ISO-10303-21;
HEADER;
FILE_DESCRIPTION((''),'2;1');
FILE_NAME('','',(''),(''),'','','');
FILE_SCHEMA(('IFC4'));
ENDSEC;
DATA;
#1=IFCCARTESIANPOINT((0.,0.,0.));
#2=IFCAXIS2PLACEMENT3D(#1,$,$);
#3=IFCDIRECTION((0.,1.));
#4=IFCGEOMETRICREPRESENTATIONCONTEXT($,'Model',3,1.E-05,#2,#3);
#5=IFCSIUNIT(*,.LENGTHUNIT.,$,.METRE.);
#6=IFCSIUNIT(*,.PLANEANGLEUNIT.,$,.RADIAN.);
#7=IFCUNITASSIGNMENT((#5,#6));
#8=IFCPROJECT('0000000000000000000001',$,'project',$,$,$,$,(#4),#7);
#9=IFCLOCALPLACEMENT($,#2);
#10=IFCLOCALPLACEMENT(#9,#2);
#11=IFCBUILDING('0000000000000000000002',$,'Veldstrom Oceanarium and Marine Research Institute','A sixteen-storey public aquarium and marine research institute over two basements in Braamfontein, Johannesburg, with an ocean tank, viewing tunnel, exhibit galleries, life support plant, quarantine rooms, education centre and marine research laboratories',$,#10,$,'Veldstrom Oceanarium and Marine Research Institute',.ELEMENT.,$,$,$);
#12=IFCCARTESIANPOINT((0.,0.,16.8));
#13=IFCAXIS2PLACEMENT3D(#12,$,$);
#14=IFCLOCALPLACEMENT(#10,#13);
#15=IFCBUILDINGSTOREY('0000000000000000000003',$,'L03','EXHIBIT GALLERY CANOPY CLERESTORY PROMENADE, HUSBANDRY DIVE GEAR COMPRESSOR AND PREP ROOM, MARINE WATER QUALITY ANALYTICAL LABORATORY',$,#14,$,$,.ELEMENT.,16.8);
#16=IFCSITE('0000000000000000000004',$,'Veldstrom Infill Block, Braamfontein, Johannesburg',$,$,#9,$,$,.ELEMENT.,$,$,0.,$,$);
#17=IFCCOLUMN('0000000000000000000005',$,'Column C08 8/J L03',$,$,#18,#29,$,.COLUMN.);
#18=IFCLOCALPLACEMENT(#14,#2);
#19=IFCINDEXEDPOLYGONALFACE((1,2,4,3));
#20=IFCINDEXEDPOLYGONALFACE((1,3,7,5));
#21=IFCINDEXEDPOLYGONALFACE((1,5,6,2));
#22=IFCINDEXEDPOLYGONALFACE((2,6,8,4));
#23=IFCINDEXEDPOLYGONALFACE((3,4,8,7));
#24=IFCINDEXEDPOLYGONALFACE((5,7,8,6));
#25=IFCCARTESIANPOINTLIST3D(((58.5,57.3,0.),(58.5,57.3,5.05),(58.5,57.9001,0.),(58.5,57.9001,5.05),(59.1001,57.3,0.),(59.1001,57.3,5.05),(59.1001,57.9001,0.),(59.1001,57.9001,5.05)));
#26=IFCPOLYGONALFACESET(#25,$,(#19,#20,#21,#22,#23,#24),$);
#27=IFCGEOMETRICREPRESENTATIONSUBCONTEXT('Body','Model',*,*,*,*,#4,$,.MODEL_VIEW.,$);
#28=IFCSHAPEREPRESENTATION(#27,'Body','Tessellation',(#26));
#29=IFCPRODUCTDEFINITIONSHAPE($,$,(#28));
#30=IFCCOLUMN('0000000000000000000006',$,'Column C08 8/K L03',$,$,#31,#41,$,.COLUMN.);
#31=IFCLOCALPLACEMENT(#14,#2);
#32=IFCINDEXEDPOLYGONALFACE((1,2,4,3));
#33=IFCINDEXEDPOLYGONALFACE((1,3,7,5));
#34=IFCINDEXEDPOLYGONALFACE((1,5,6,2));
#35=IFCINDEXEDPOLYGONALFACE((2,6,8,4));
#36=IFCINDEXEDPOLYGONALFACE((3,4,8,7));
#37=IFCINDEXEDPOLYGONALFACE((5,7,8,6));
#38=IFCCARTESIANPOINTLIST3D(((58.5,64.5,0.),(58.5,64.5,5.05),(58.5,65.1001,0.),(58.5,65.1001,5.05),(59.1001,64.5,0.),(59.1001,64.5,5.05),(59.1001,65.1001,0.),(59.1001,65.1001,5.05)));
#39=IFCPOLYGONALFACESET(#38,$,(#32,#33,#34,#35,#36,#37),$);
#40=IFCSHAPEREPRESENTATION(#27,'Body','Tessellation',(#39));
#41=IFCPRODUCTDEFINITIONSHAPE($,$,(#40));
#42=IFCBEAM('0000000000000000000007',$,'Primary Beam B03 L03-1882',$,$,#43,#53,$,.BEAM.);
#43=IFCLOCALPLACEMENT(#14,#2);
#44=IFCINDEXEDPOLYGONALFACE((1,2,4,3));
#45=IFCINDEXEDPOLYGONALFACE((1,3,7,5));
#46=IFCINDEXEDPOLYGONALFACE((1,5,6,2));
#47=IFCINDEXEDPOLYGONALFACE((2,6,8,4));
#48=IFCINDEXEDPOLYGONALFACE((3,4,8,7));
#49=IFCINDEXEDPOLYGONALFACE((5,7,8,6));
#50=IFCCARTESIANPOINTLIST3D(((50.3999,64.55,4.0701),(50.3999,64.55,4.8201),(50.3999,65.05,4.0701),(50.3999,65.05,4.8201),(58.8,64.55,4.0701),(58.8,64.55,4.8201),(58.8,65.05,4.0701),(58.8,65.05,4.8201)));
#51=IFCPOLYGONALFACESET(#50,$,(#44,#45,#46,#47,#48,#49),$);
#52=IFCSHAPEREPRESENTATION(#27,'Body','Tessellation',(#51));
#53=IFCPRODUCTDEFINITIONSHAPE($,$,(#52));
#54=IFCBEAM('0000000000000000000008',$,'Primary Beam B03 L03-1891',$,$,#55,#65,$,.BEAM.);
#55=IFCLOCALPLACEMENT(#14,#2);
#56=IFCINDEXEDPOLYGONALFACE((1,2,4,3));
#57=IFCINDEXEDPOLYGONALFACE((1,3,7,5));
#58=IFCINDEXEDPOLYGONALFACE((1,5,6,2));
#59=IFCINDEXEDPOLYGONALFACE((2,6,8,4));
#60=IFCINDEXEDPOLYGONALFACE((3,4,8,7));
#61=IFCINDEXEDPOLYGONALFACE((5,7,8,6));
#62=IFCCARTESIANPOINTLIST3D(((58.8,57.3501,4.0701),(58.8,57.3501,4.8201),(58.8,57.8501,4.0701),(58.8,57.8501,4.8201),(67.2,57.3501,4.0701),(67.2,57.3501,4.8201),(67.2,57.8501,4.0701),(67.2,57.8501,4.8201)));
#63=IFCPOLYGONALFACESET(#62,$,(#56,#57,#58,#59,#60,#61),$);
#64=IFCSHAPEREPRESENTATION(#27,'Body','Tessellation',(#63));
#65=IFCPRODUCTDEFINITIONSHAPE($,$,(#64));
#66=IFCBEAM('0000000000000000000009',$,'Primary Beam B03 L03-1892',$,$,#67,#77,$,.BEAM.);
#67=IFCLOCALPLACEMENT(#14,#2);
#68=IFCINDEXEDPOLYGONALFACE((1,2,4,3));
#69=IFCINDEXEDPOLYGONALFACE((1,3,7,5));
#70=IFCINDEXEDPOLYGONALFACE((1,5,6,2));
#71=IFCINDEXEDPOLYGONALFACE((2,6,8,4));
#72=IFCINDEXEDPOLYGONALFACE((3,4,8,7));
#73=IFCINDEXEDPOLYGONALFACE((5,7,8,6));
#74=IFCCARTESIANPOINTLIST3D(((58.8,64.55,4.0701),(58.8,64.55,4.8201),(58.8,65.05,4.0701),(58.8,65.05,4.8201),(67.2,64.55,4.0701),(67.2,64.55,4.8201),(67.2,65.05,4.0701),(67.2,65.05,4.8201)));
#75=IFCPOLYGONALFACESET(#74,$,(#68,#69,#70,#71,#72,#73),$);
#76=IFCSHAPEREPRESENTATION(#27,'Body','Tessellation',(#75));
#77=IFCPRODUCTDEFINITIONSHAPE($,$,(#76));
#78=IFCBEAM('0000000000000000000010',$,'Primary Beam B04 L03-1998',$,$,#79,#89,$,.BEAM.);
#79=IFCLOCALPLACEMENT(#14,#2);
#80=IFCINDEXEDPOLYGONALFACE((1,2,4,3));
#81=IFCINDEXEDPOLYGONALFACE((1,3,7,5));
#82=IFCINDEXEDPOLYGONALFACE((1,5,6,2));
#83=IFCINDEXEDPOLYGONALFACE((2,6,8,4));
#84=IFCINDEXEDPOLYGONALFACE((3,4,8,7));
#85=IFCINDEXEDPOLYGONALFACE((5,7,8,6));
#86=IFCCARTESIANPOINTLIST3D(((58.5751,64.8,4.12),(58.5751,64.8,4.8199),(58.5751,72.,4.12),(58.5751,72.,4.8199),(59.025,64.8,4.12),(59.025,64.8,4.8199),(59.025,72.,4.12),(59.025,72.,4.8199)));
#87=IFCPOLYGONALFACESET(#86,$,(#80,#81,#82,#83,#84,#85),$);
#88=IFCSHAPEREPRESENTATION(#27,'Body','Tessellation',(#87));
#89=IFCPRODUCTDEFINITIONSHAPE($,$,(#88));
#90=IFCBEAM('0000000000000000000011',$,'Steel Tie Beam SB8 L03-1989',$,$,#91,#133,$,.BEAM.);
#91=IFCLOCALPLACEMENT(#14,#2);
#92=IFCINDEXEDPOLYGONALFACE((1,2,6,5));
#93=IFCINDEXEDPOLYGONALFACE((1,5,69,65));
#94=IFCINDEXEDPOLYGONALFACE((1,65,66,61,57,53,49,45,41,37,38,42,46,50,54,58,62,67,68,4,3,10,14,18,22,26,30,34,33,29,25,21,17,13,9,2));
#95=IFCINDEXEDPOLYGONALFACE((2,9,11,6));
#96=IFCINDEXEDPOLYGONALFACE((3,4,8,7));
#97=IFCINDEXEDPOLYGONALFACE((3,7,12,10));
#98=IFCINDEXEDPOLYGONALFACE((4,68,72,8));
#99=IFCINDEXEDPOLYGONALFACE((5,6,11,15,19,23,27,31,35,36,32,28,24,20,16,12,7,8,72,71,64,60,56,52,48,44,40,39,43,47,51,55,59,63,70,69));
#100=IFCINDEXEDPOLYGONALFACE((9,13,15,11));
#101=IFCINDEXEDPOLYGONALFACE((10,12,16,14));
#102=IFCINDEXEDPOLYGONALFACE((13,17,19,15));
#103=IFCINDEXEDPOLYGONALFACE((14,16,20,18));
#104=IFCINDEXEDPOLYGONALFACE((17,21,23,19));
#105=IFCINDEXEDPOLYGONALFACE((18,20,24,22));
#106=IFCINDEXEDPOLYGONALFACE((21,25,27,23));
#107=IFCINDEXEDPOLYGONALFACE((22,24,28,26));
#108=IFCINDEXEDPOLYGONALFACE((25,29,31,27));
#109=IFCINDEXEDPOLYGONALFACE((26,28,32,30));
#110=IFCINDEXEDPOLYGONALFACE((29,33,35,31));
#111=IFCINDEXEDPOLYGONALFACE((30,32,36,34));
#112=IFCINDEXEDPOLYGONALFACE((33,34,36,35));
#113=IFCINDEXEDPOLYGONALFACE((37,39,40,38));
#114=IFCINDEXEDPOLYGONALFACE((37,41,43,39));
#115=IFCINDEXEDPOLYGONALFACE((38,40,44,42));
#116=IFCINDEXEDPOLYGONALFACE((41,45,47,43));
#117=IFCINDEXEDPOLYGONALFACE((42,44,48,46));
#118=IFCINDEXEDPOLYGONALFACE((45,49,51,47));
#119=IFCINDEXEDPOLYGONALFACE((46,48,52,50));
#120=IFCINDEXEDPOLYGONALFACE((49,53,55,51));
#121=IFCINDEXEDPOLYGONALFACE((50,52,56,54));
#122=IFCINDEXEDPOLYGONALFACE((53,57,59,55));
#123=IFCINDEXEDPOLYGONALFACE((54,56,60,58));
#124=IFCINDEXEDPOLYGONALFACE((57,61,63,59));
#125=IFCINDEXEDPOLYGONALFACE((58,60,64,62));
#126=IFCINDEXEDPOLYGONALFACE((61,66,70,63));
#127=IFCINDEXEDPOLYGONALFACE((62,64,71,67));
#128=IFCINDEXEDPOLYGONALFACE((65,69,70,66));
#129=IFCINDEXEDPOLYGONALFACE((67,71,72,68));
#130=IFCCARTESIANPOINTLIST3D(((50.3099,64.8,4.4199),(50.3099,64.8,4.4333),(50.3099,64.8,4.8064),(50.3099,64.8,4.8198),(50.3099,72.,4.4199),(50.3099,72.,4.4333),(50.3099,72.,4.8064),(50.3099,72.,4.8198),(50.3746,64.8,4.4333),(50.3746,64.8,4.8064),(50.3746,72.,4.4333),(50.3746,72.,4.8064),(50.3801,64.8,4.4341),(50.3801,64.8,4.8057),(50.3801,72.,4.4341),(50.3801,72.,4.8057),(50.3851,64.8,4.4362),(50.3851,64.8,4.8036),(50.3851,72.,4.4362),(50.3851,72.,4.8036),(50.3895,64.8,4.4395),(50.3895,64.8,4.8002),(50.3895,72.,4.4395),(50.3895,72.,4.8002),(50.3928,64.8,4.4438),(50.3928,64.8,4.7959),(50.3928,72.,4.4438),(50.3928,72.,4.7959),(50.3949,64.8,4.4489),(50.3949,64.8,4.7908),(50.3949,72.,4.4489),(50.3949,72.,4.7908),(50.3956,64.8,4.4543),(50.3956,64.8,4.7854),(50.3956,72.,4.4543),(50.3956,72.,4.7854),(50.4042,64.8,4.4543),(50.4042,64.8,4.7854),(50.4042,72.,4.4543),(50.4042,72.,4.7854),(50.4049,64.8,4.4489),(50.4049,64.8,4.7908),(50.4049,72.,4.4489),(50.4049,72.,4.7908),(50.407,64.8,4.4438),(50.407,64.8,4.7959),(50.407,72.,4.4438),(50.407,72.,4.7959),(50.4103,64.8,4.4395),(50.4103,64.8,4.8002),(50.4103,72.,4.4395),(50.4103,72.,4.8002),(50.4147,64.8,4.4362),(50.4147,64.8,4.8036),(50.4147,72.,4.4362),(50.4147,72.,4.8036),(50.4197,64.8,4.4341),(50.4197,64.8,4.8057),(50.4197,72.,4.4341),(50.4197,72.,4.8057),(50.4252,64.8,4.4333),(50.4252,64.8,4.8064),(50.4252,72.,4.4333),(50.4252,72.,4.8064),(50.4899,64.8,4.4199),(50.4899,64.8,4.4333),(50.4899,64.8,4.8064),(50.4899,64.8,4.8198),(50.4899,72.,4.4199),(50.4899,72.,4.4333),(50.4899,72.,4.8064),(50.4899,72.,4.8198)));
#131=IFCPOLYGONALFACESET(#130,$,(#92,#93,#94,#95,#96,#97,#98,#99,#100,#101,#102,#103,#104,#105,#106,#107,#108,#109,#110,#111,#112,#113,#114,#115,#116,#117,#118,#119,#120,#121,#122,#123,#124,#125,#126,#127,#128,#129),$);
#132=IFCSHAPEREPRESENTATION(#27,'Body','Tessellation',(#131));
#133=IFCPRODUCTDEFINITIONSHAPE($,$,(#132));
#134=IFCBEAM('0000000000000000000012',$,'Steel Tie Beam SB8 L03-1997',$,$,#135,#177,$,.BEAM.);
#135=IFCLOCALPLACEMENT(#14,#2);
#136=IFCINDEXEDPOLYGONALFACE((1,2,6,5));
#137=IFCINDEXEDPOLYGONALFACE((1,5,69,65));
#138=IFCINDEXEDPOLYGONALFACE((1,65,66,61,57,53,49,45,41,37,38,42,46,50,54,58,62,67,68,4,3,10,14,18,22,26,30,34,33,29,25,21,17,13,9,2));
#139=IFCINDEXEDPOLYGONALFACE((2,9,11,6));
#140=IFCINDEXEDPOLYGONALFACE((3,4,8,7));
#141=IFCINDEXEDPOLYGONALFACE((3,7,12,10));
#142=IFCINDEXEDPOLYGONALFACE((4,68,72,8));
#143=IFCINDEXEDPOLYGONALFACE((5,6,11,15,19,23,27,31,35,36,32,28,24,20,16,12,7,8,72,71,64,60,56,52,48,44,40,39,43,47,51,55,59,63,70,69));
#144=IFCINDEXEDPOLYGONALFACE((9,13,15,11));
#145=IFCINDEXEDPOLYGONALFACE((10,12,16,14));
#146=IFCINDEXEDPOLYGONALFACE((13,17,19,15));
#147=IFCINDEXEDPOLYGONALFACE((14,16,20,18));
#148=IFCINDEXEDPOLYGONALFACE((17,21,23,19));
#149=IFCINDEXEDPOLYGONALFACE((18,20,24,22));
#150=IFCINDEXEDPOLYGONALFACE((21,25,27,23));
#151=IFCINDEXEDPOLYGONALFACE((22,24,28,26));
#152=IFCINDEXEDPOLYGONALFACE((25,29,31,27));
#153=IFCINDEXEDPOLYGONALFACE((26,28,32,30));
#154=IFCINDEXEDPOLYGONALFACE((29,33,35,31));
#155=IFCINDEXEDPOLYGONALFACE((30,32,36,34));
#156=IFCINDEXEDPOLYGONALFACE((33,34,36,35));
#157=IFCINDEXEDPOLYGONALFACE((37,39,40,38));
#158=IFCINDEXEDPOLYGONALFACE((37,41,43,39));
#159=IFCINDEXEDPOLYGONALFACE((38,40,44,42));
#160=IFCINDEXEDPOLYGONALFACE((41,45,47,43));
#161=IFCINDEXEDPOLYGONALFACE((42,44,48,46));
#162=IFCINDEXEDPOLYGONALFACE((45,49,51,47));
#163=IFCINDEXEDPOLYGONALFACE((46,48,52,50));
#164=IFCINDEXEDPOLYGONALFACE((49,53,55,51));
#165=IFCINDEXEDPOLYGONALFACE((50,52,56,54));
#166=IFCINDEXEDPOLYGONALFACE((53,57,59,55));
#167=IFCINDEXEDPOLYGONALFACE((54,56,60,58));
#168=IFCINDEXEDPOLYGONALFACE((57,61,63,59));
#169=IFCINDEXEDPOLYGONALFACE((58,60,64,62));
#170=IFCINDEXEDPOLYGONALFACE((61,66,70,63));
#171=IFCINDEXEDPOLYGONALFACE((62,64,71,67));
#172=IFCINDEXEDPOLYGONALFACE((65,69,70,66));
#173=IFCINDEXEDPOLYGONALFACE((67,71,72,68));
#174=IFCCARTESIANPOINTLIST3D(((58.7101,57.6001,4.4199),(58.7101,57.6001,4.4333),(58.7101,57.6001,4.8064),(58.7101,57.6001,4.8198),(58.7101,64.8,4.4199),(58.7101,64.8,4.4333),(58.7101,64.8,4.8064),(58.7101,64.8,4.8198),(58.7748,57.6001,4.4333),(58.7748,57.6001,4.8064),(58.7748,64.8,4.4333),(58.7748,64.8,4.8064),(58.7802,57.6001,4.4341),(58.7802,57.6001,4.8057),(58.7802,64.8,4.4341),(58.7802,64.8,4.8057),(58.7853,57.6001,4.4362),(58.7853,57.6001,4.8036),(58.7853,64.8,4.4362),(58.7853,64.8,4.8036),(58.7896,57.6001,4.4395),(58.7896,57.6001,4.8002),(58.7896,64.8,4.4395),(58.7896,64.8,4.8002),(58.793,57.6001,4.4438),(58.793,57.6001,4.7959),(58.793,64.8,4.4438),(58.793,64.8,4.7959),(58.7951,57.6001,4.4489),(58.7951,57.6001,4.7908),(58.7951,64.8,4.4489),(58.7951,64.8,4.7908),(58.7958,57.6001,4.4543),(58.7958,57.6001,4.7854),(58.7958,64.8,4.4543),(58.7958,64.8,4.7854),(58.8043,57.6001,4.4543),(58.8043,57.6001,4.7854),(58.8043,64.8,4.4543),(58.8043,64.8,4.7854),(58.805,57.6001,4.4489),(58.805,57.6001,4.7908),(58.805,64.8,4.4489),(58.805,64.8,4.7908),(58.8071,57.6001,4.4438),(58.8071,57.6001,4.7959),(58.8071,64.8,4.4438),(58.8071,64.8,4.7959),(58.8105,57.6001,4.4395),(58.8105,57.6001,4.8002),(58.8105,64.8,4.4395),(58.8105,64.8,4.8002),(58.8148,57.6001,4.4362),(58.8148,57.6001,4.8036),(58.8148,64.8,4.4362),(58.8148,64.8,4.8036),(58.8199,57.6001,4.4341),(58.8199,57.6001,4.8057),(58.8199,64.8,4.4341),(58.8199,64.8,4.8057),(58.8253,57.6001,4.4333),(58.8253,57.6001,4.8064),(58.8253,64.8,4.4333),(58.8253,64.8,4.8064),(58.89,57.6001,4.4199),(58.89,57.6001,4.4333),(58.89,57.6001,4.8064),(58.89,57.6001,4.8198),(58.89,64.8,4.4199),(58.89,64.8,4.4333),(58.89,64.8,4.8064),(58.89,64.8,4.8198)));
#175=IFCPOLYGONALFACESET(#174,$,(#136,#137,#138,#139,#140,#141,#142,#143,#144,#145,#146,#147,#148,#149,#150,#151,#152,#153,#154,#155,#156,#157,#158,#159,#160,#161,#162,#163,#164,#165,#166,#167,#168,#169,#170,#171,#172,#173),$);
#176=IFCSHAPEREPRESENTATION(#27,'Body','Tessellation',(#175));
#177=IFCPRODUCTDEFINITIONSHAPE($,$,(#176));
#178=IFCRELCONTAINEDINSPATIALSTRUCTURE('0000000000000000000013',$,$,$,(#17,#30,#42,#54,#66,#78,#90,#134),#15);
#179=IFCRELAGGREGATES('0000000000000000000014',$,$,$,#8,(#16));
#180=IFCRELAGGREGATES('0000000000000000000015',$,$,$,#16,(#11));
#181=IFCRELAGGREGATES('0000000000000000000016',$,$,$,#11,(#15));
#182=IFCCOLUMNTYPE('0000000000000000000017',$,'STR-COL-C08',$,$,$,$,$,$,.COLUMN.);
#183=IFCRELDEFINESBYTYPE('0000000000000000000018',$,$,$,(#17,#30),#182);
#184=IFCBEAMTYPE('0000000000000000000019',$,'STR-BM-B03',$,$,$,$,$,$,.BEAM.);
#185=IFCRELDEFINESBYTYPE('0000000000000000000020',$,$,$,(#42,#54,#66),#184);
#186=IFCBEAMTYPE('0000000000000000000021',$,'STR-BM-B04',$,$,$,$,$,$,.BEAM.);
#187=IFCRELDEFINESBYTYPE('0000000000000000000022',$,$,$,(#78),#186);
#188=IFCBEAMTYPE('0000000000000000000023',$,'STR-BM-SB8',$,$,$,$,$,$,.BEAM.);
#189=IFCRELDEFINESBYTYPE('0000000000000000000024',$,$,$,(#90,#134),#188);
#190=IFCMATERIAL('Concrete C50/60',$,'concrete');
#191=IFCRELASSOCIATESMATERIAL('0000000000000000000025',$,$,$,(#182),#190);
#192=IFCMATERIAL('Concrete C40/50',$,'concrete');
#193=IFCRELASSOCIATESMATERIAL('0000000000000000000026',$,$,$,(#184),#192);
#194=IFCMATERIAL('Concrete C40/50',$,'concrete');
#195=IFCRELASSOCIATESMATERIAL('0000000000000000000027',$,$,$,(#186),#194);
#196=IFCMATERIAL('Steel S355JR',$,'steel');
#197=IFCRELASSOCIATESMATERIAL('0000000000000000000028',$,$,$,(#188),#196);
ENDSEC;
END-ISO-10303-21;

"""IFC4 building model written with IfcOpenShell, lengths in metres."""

from ifc_helpers import new_model, si_unit, direction, frame, origin, origin_2d, place, context, subcontext, project, spatial, rectangle, i_section, extrude, material, material_profile, profile_set, type_object, element, save


model = new_model("IFC4")

# Units and contexts
model_context = context("Model", 3, precision=1e-05, world=origin(), true_north=direction((0.0, 1.0)))
body_context = subcontext(model_context, "Body", "Model", "MODEL_VIEW")
ifc_project = project(units=[si_unit("LENGTHUNIT", "METRE"), si_unit("PLANEANGLEUNIT", "RADIAN")], contexts=[model_context])

# Site, building, storey
site_placement = place(None, origin())
site = spatial("IfcSite", under=ifc_project, at=site_placement, Name="Veldstrom Infill Block, Braamfontein, Johannesburg", CompositionType="ELEMENT", RefElevation=0.0)
building_placement = place(site_placement, origin())
building = spatial("IfcBuilding", under=site, at=building_placement, Name="Veldstrom Oceanarium and Marine Research Institute", Description="A sixteen-storey public aquarium and marine research institute over two basements in Braamfontein, Johannesburg, with an ocean tank, viewing tunnel, exhibit galleries, life support plant, quarantine rooms, education centre and marine research laboratories", LongName="Veldstrom Oceanarium and Marine Research Institute", CompositionType="ELEMENT")
storey_placement = place(building_placement, frame((0.0, 0.0, 16.8)))
storey = spatial("IfcBuildingStorey", under=building, at=storey_placement, Name="L03", Description="EXHIBIT GALLERY CANOPY CLERESTORY PROMENADE, HUSBANDRY DIVE GEAR COMPRESSOR AND PREP ROOM, MARINE WATER QUALITY ANALYTICAL LABORATORY", CompositionType="ELEMENT", Elevation=16.8)

# Columns
ifc_material_1 = material(Name="Concrete C50/60", Category="concrete")
ifc_material_profile_1 = material_profile(ifc_material_1, rectangle(XDim=0.6001, YDim=0.6001, at=origin_2d()), Name="RC-COL-600x600")
ifc_profile_set_1 = profile_set([ifc_material_profile_1], Name="Concrete C50/60")
column_type = type_object("IfcColumnType", Name="STR-COL-C08", PredefinedType="COLUMN", material=ifc_profile_set_1)
for number, where, z_axis, x_axis, name in (
    (1, (58.8, 57.6001, 0.0), (0.0, 0.0, 1.0), (1.0, 0.0, 0.0), "Column C08 8/J L03"),
    (2, (58.8, 64.8, 0.0), (0.0, 0.0, 1.0), (1.0, 0.0, 0.0), "Column C08 8/K L03"),
):
    element("IfcColumn", number, at=place(storey_placement, frame(where, z_axis=z_axis, x_axis=x_axis)), inside=storey, type_object=column_type, Name=name, PredefinedType="COLUMN", context=body_context, shape_type="SweptSolid", body=[
        extrude(rectangle(XDim=0.6001, YDim=0.6001, at=origin_2d()), origin(), (0.0, 0.0, 1.0), 5.05),
    ])

# Beams
ifc_material_2 = material(Name="Concrete C40/50", Category="concrete")
ifc_material_profile_2 = material_profile(ifc_material_2, rectangle(XDim=0.5, YDim=0.75, at=origin_2d()), Name="RC-BM-500x750")
ifc_profile_set_2 = profile_set([ifc_material_profile_2], Name="Concrete C40/50")
beam_type_1 = type_object("IfcBeamType", Name="STR-BM-B03", PredefinedType="BEAM", material=ifc_profile_set_2)
beam_1_placement = place(storey_placement, frame((50.3999, 64.8, 4.4451), z_axis=(1.0, 0.0, 0.0), x_axis=(0.0, 1.0, 0.0)))
element("IfcBeam", 3, at=beam_1_placement, inside=storey, type_object=beam_type_1, Name="Primary Beam B03 L03-1882", PredefinedType="BEAM", context=body_context, shape_type="SweptSolid", body=[
    extrude(rectangle(XDim=0.5, YDim=0.75, at=origin_2d()), origin(), (0.0, 0.0, 1.0), 8.4001),
])
for number, where, z_axis, x_axis, name in (
    (4, (58.8, 57.6001, 4.4451), (1.0, 0.0, 0.0), (0.0, 1.0, 0.0), "Primary Beam B03 L03-1891"),
    (5, (58.8, 64.8, 4.4451), (1.0, 0.0, 0.0), (0.0, 1.0, 0.0), "Primary Beam B03 L03-1892"),
):
    element("IfcBeam", number, at=place(storey_placement, frame(where, z_axis=z_axis, x_axis=x_axis)), inside=storey, type_object=beam_type_1, Name=name, PredefinedType="BEAM", context=body_context, shape_type="SweptSolid", body=[
        extrude(rectangle(XDim=0.5, YDim=0.75, at=origin_2d()), origin(), (0.0, 0.0, 1.0), 8.3999),
    ])
ifc_material_3 = material(Name="Concrete C40/50", Category="concrete")
ifc_material_profile_3 = material_profile(ifc_material_3, rectangle(XDim=0.45, YDim=0.7, at=origin_2d()), Name="RC-BM-450x700")
ifc_profile_set_3 = profile_set([ifc_material_profile_3], Name="Concrete C40/50")
beam_type_2 = type_object("IfcBeamType", Name="STR-BM-B04", PredefinedType="BEAM", material=ifc_profile_set_3)
beam_2_placement = place(storey_placement, frame((58.8, 64.8, 4.47), z_axis=(0.0, 1.0, 0.0), x_axis=(-1.0, 0.0, 0.0)))
element("IfcBeam", 6, at=beam_2_placement, inside=storey, type_object=beam_type_2, Name="Primary Beam B04 L03-1998", PredefinedType="BEAM", context=body_context, shape_type="SweptSolid", body=[
    extrude(rectangle(XDim=0.45, YDim=0.7, at=origin_2d()), origin(), (0.0, 0.0, 1.0), 7.2),
])
ifc_material_4 = material(Name="Steel S355JR", Category="steel")
ifc_material_profile_4 = material_profile(ifc_material_4, i_section(OverallWidth=0.1799, OverallDepth=0.3999, WebThickness=0.0085, FlangeThickness=0.0134, FilletRadius=0.021, at=origin_2d()), Name="IPE 400")
ifc_profile_set_4 = profile_set([ifc_material_profile_4], Name="Steel S355JR")
beam_type_3 = type_object("IfcBeamType", Name="STR-BM-SB8", PredefinedType="BEAM", material=ifc_profile_set_4)
for number, where, z_axis, x_axis, name in (
    (7, (50.3999, 64.8, 4.6199), (0.0, 1.0, 0.0), (-1.0, 0.0, 0.0), "Steel Tie Beam SB8 L03-1989"),
    (8, (58.8, 57.6001, 4.6199), (0.0, 1.0, 0.0), (-1.0, 0.0, 0.0), "Steel Tie Beam SB8 L03-1997"),
):
    element("IfcBeam", number, at=place(storey_placement, frame(where, z_axis=z_axis, x_axis=x_axis)), inside=storey, type_object=beam_type_3, Name=name, PredefinedType="BEAM", context=body_context, shape_type="SweptSolid", body=[
        extrude(i_section(OverallWidth=0.1799, OverallDepth=0.3999, WebThickness=0.0085, FlangeThickness=0.0134, FilletRadius=0.021, at=origin_2d()), origin(), (0.0, 0.0, 1.0), 7.2),
    ])

save(model, "model.ifc")
